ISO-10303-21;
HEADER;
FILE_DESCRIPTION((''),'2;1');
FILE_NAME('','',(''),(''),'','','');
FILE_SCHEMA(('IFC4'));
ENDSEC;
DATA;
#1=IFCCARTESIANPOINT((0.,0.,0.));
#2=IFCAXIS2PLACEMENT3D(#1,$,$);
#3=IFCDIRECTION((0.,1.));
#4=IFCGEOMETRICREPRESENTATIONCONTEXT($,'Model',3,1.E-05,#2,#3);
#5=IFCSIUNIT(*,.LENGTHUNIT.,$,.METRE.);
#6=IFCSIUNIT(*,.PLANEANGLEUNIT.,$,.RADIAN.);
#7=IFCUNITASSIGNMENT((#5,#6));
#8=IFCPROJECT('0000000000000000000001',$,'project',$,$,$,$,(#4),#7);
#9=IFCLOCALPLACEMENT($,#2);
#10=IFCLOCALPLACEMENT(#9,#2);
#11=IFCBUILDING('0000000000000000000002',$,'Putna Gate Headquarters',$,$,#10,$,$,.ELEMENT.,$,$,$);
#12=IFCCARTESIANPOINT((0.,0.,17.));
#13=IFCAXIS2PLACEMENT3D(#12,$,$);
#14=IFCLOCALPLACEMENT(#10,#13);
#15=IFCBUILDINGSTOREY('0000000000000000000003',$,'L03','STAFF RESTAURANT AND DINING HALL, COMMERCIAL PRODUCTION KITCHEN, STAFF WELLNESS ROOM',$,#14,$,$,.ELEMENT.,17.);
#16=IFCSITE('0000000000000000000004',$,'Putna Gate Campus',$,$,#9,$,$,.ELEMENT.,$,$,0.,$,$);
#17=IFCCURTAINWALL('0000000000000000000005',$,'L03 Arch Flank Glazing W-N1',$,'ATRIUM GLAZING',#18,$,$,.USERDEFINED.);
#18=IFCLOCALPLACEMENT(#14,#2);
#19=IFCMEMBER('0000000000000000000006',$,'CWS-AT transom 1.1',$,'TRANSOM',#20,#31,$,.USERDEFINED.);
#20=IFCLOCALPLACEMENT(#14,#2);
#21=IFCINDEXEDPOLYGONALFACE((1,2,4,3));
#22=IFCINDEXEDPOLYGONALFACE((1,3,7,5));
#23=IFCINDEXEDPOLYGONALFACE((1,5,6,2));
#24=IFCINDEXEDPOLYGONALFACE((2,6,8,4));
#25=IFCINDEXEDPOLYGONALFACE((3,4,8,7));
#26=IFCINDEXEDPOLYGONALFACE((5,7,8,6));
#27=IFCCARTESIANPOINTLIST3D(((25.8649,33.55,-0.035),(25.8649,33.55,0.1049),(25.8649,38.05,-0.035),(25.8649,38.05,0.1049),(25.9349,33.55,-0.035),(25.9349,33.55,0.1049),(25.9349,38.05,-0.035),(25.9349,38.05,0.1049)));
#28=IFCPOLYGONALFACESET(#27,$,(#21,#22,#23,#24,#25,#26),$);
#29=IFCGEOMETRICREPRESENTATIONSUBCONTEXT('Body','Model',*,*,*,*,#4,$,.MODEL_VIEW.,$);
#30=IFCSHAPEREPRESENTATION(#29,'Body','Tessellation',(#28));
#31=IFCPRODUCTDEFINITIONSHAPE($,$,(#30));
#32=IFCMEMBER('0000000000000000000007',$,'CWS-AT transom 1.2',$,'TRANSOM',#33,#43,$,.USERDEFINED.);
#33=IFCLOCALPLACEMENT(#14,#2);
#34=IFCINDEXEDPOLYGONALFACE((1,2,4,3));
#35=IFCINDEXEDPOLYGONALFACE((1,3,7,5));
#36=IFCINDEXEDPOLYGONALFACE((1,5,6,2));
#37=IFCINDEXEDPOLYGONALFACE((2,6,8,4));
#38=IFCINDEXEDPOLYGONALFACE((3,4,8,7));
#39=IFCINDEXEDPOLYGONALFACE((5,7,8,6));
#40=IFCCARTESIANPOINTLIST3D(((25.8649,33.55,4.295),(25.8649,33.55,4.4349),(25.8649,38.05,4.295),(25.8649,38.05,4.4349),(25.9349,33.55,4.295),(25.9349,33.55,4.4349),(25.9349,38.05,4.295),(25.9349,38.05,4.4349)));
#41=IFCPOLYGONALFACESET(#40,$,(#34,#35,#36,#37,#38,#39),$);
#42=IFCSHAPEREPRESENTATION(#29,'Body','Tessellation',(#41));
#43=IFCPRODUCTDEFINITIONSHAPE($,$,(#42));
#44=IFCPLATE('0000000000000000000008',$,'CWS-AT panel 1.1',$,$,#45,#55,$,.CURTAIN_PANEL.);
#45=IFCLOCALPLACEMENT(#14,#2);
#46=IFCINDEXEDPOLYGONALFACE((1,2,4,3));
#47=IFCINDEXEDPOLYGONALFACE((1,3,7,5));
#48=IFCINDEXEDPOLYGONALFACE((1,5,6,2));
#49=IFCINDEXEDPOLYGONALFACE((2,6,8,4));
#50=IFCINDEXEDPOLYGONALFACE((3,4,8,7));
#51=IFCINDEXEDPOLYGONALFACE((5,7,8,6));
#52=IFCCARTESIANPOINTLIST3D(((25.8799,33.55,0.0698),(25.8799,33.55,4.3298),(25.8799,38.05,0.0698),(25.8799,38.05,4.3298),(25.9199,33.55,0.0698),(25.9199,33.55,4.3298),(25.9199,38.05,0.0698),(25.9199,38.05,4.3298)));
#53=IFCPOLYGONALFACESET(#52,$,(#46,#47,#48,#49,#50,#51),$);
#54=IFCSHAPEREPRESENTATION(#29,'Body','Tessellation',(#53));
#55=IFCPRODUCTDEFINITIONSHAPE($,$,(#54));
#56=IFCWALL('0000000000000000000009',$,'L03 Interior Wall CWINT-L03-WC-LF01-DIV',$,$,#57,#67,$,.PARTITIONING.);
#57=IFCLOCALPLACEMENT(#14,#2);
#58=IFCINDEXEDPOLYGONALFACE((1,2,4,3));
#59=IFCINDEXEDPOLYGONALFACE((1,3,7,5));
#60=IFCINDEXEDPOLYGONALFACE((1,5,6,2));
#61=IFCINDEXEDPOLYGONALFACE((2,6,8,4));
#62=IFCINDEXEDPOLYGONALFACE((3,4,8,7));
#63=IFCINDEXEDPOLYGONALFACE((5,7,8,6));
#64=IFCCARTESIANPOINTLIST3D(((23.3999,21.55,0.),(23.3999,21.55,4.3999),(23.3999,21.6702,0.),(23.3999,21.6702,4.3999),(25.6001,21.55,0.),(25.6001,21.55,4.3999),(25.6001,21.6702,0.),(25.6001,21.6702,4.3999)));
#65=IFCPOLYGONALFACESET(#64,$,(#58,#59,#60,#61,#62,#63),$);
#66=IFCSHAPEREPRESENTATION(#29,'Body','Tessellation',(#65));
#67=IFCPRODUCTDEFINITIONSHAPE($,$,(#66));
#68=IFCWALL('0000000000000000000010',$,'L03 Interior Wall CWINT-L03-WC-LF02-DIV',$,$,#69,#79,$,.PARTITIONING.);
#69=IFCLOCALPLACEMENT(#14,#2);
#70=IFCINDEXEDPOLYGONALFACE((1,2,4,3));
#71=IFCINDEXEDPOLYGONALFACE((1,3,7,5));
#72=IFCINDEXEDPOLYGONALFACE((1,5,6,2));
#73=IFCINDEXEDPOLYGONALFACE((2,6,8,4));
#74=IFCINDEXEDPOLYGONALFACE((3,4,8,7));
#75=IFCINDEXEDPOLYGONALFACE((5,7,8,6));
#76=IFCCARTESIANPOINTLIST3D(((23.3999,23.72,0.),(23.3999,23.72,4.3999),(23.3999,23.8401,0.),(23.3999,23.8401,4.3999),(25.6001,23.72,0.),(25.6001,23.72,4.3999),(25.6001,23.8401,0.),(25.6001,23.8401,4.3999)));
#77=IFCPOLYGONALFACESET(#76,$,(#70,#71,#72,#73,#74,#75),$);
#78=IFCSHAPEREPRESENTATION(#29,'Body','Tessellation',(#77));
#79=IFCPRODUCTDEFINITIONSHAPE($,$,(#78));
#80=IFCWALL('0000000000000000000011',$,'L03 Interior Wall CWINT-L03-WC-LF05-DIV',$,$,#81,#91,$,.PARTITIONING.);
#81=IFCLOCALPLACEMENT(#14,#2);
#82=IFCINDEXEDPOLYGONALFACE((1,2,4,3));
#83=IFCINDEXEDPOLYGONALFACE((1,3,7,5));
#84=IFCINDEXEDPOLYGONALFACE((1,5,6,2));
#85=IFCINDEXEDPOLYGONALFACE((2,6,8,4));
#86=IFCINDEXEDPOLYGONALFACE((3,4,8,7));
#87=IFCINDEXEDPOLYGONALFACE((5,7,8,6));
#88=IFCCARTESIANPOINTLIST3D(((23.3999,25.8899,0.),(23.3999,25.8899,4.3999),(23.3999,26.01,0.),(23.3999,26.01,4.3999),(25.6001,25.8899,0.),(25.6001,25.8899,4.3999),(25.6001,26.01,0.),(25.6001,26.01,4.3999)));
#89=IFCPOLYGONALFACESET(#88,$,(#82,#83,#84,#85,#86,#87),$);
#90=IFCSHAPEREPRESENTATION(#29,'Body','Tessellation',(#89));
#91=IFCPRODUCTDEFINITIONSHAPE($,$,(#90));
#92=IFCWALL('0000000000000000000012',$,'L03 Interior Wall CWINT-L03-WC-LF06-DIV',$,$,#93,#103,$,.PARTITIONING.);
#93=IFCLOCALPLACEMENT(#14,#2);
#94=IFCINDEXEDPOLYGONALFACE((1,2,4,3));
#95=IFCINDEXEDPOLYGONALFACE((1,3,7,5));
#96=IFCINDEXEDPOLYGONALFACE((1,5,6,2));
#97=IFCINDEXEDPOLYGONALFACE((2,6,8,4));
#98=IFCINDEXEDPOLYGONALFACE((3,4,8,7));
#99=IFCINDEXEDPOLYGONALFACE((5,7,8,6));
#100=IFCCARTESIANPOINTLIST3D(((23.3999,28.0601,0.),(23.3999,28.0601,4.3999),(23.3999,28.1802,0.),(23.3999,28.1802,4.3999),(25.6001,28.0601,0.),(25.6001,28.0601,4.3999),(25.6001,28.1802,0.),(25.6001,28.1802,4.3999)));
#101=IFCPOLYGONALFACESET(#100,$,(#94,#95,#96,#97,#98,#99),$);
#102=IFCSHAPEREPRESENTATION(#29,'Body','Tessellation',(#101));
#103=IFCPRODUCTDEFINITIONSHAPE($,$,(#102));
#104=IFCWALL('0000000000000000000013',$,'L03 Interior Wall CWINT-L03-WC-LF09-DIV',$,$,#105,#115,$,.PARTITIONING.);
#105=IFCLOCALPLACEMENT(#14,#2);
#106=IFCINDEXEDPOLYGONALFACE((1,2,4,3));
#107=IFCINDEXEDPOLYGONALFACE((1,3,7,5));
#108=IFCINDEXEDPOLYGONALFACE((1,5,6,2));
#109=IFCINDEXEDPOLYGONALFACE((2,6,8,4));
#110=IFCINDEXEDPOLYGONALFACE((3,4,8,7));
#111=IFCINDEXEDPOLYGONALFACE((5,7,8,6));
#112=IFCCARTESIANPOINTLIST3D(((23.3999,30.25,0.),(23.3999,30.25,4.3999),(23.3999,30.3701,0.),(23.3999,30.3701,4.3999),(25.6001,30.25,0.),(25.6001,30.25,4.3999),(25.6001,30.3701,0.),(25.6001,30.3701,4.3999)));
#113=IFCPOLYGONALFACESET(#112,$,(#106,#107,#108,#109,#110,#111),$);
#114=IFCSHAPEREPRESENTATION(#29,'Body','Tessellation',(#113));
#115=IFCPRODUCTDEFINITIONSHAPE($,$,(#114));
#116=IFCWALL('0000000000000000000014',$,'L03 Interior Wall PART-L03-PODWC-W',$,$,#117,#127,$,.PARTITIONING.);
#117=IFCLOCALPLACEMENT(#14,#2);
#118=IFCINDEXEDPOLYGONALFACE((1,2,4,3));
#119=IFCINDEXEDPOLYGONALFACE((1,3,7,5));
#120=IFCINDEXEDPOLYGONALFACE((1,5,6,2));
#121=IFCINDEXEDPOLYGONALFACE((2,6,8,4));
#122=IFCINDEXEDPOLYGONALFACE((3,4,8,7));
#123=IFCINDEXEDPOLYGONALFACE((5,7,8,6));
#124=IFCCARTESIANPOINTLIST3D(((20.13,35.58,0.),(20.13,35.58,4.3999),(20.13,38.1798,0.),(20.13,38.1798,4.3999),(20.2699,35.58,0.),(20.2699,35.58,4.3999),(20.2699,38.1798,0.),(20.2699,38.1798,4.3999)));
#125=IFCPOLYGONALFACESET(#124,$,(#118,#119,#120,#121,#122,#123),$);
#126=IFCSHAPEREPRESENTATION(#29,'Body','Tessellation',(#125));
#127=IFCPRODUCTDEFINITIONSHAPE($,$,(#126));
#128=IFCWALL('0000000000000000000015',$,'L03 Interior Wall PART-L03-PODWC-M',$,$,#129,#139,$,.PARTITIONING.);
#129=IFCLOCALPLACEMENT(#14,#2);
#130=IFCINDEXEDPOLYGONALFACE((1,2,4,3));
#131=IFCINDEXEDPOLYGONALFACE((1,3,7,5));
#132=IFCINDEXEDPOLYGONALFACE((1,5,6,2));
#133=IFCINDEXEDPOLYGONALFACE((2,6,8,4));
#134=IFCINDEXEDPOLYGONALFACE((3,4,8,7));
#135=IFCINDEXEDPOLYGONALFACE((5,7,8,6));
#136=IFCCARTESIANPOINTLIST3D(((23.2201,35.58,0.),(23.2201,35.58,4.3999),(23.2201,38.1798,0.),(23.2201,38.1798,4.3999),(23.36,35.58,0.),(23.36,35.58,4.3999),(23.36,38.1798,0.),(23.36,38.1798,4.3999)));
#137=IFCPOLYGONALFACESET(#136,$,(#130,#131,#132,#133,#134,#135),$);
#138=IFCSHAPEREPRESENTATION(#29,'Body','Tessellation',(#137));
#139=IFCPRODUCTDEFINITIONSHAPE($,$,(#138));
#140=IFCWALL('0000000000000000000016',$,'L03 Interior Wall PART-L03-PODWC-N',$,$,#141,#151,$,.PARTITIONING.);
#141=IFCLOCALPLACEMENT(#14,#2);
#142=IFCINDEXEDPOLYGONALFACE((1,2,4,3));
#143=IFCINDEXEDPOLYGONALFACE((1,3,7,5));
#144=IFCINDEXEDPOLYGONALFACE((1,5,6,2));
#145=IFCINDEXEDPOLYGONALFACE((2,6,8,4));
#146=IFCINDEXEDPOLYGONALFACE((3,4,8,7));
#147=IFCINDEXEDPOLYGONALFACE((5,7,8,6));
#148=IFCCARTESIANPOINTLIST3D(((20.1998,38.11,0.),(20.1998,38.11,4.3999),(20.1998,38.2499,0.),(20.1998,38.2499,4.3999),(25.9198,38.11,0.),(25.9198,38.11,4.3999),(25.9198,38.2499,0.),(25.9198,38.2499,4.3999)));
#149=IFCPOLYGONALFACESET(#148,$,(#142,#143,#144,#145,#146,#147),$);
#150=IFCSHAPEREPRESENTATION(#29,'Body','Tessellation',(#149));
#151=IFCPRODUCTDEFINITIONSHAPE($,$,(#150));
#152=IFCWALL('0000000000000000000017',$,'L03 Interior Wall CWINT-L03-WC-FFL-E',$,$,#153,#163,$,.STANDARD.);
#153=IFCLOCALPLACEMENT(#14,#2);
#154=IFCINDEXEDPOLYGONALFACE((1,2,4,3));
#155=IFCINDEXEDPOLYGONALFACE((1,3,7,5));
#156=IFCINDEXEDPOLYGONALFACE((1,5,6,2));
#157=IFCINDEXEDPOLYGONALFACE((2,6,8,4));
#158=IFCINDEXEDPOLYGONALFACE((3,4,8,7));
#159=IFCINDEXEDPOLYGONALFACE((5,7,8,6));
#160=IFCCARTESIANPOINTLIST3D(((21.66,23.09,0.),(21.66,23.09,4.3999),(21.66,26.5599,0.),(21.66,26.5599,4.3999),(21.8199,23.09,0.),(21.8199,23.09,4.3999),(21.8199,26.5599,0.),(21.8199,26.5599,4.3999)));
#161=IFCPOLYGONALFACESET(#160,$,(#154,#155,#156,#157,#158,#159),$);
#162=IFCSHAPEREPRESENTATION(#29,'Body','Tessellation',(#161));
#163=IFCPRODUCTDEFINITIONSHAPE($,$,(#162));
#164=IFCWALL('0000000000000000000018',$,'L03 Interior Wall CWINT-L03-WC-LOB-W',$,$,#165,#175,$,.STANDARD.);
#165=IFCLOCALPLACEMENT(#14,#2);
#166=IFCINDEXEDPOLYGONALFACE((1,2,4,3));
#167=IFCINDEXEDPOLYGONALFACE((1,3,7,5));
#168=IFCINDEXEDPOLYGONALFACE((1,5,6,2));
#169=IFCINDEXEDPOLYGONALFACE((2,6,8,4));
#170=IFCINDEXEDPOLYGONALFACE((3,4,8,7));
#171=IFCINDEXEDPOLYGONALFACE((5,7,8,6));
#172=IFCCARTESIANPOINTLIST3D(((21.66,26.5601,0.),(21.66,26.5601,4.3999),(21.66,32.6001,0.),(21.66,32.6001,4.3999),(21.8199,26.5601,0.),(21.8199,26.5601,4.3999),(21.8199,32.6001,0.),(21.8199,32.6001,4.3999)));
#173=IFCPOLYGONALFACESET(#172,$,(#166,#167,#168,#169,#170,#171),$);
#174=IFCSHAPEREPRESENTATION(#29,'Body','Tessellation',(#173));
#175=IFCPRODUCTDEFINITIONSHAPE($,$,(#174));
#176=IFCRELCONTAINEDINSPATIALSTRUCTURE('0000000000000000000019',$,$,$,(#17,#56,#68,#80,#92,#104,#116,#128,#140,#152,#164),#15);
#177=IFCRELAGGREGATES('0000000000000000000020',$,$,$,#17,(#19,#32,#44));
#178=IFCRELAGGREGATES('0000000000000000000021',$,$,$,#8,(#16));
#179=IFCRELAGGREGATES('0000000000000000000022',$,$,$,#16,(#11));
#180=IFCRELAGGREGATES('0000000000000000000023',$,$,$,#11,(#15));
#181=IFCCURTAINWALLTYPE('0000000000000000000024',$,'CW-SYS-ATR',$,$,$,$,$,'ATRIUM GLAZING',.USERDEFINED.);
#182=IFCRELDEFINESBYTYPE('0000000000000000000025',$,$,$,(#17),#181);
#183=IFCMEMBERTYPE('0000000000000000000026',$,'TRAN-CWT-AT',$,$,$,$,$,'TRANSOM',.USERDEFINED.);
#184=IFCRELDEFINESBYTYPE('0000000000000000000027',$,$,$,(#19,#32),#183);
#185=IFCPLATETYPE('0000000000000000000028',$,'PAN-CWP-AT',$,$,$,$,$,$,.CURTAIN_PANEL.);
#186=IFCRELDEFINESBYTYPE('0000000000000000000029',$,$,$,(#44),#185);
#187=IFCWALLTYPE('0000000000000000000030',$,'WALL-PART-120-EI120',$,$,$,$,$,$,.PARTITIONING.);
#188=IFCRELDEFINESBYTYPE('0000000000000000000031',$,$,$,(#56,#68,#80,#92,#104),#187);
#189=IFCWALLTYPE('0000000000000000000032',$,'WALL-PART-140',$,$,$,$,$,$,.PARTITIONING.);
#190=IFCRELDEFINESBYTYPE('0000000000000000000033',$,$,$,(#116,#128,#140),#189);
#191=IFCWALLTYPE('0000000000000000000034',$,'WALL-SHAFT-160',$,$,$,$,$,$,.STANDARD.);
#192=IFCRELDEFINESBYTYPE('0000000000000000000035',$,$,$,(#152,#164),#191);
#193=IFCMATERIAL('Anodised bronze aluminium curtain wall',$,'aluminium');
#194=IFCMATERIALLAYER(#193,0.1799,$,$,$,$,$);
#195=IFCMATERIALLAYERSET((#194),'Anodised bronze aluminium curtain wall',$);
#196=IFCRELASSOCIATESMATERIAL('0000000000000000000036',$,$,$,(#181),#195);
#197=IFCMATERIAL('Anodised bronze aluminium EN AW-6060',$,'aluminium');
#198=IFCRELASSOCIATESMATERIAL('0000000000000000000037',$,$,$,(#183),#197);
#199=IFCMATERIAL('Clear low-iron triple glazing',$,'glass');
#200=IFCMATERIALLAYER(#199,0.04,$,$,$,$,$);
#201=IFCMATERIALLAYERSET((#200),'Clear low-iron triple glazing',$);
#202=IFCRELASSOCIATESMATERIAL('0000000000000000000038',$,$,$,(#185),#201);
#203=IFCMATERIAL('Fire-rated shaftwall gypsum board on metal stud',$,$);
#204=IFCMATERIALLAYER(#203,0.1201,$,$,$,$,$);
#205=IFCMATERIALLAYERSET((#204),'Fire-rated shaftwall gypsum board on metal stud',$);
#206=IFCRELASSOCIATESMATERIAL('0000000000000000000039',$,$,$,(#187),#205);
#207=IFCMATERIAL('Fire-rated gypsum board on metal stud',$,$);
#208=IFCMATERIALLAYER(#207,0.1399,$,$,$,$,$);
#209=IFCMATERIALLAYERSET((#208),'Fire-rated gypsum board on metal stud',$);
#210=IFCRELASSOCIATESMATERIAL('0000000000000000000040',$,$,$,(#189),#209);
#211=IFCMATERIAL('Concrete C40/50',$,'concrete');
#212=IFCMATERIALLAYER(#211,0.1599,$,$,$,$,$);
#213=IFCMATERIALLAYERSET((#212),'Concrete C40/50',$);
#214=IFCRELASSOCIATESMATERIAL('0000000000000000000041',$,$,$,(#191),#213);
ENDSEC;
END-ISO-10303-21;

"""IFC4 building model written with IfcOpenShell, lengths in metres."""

from ifc_helpers import new_model, si_unit, direction, frame, frame_2d, origin, origin_2d, place, context, subcontext, project, spatial, rectangle, extrude, material, layer, layer_set, material_profile, profile_set, type_object, element, aggregate, save


model = new_model("IFC4")

# Units and contexts
model_context = context("Model", 3, precision=1e-05, world=origin(), true_north=direction((0.0, 1.0)))
body_context = subcontext(model_context, "Body", "Model", "MODEL_VIEW")
ifc_project = project(units=[si_unit("LENGTHUNIT", "METRE"), si_unit("PLANEANGLEUNIT", "RADIAN")], contexts=[model_context])

# Site, building, storey
site_placement = place(None, origin())
site = spatial("IfcSite", under=ifc_project, at=site_placement, Name="Putna Gate Campus", CompositionType="ELEMENT", RefElevation=0.0)
building_placement = place(site_placement, origin())
building = spatial("IfcBuilding", under=site, at=building_placement, Name="Putna Gate Headquarters", CompositionType="ELEMENT")
storey_placement = place(building_placement, frame((0.0, 0.0, 17.0)))
storey = spatial("IfcBuildingStorey", under=building, at=storey_placement, Name="L03", Description="STAFF RESTAURANT AND DINING HALL, COMMERCIAL PRODUCTION KITCHEN, STAFF WELLNESS ROOM", CompositionType="ELEMENT", Elevation=17.0)

# Curtain wall, members, plate
ifc_material_1 = material(Name="Anodised bronze aluminium curtain wall", Category="aluminium")
ifc_layer_1 = layer(ifc_material_1, 0.1799)
ifc_layer_set_1 = layer_set([ifc_layer_1], Name="Anodised bronze aluminium curtain wall")
curtain_wall_type = type_object("IfcCurtainWallType", Name="CW-SYS-ATR", ElementType="ATRIUM GLAZING", PredefinedType="USERDEFINED", material=ifc_layer_set_1)
curtain_wall_placement = place(storey_placement, origin())
curtain_wall = element("IfcCurtainWall", 1, at=curtain_wall_placement, inside=storey, type_object=curtain_wall_type, Name="L03 Arch Flank Glazing W-N1", ObjectType="ATRIUM GLAZING", PredefinedType="USERDEFINED")
ifc_material_2 = material(Name="Anodised bronze aluminium EN AW-6060", Category="aluminium")
ifc_material_profile_1 = material_profile(ifc_material_2, rectangle(XDim=0.0701, YDim=0.1399, at=origin_2d()), Name="Anodised bronze aluminium EN AW-6060")
ifc_profile_set_1 = profile_set([ifc_material_profile_1], Name="Anodised bronze aluminium EN AW-6060")
member_type_1 = type_object("IfcMemberType", Name="TRAN-CWT-AT", ElementType="TRANSOM", PredefinedType="USERDEFINED", material=ifc_profile_set_1)
member_1_placement = place(storey_placement, frame((25.8999, 33.55, 0.0349), z_axis=(0.0, 1.0, 0.0), x_axis=(-1.0, 0.0, 0.0)))
member_1 = element("IfcMember", 2, at=member_1_placement, type_object=member_type_1, Name="CWS-AT transom 1.1", ObjectType="TRANSOM", PredefinedType="USERDEFINED", context=body_context, shape_type="SweptSolid", body=[
    extrude(rectangle(XDim=0.0701, YDim=0.1399, at=origin_2d()), origin(), (0.0, 0.0, 1.0), 4.5),
])
member_2_placement = place(storey_placement, frame((25.8999, 33.55, 4.365), z_axis=(0.0, 1.0, 0.0), x_axis=(-1.0, 0.0, 0.0)))
member_2 = element("IfcMember", 3, at=member_2_placement, type_object=member_type_1, Name="CWS-AT transom 1.2", ObjectType="TRANSOM", PredefinedType="USERDEFINED", context=body_context, shape_type="SweptSolid", body=[
    extrude(rectangle(XDim=0.0701, YDim=0.1399, at=origin_2d()), origin(), (0.0, 0.0, 1.0), 4.5),
])
ifc_material_3 = material(Name="Clear low-iron triple glazing", Category="glass")
ifc_layer_2 = layer(ifc_material_3, 0.04)
ifc_layer_set_2 = layer_set([ifc_layer_2], Name="Clear low-iron triple glazing")
plate_type = type_object("IfcPlateType", Name="PAN-CWP-AT", PredefinedType="CURTAIN_PANEL", material=ifc_layer_set_2)
plate_placement = place(storey_placement, frame((25.8999, 35.8, 0.0698), z_axis=(0.0, 0.0, 1.0), x_axis=(0.0, 1.0, 0.0)))
plate = element("IfcPlate", 4, at=plate_placement, type_object=plate_type, Name="CWS-AT panel 1.1", PredefinedType="CURTAIN_PANEL", context=body_context, shape_type="SweptSolid", body=[
    extrude(rectangle(XDim=4.5, YDim=0.04, at=origin_2d()), origin(), (0.0, 0.0, 1.0), 4.26),
])
aggregate(curtain_wall, [member_1, member_2, plate])

# Walls
ifc_material_4 = material(Name="Fire-rated shaftwall gypsum board on metal stud")
ifc_layer_3 = layer(ifc_material_4, 0.1201)
ifc_layer_set_3 = layer_set([ifc_layer_3], Name="Fire-rated shaftwall gypsum board on metal stud")
wall_type_1 = type_object("IfcWallType", Name="WALL-PART-120-EI120", PredefinedType="PARTITIONING", material=ifc_layer_set_3)
for number, where, z_axis, x_axis, name in (
    (5, (23.3999, 21.6101, 0.0), (0.0, 0.0, 1.0), (1.0, 0.0, 0.0), "L03 Interior Wall CWINT-L03-WC-LF01-DIV"),
    (6, (23.3999, 23.78, 0.0), (0.0, 0.0, 1.0), (1.0, 0.0, 0.0), "L03 Interior Wall CWINT-L03-WC-LF02-DIV"),
    (7, (23.3999, 25.95, 0.0), (0.0, 0.0, 1.0), (1.0, 0.0, 0.0), "L03 Interior Wall CWINT-L03-WC-LF05-DIV"),
    (8, (23.3999, 28.1201, 0.0), (0.0, 0.0, 1.0), (1.0, 0.0, 0.0), "L03 Interior Wall CWINT-L03-WC-LF06-DIV"),
    (9, (23.3999, 30.3101, 0.0), (0.0, 0.0, 1.0), (1.0, 0.0, 0.0), "L03 Interior Wall CWINT-L03-WC-LF09-DIV"),
):
    element("IfcWall", number, at=place(storey_placement, frame(where, z_axis=z_axis, x_axis=x_axis)), inside=storey, type_object=wall_type_1, Name=name, PredefinedType="PARTITIONING", context=body_context, shape_type="SweptSolid", body=[
        extrude(rectangle(XDim=2.2002, YDim=0.1201, at=frame_2d((1.1001, 0.0))), origin(), (0.0, 0.0, 1.0), 4.3999),
    ])
ifc_material_5 = material(Name="Fire-rated gypsum board on metal stud")
ifc_layer_4 = layer(ifc_material_5, 0.1399)
ifc_layer_set_4 = layer_set([ifc_layer_4], Name="Fire-rated gypsum board on metal stud")
wall_type_2 = type_object("IfcWallType", Name="WALL-PART-140", PredefinedType="PARTITIONING", material=ifc_layer_set_4)
for number, where, z_axis, x_axis, name in (
    (10, (20.2, 35.5801, 0.0), (0.0, 0.0, 1.0), (0.0, 1.0, 0.0), "L03 Interior Wall PART-L03-PODWC-W"),
    (11, (23.29, 35.5801, 0.0), (0.0, 0.0, 1.0), (0.0, 1.0, 0.0), "L03 Interior Wall PART-L03-PODWC-M"),
):
    element("IfcWall", number, at=place(storey_placement, frame(where, z_axis=z_axis, x_axis=x_axis)), inside=storey, type_object=wall_type_2, Name=name, PredefinedType="PARTITIONING", context=body_context, shape_type="SweptSolid", body=[
        extrude(rectangle(XDim=2.5999, YDim=0.1399, at=frame_2d((1.2998, 0.0))), origin(), (0.0, 0.0, 1.0), 4.3999),
    ])
wall_1_placement = place(storey_placement, frame((20.2, 38.1799, 0.0), z_axis=(0.0, 0.0, 1.0), x_axis=(1.0, 0.0, 0.0)))
element("IfcWall", 12, at=wall_1_placement, inside=storey, type_object=wall_type_2, Name="L03 Interior Wall PART-L03-PODWC-N", PredefinedType="PARTITIONING", context=body_context, shape_type="SweptSolid", body=[
    extrude(rectangle(XDim=5.72, YDim=0.1399, at=frame_2d((2.8599, 0.0))), origin(), (0.0, 0.0, 1.0), 4.3999),
])
ifc_material_6 = material(Name="Concrete C40/50", Category="concrete")
ifc_layer_5 = layer(ifc_material_6, 0.1599)
ifc_layer_set_5 = layer_set([ifc_layer_5], Name="Concrete C40/50")
wall_type_3 = type_object("IfcWallType", Name="WALL-SHAFT-160", PredefinedType="STANDARD", material=ifc_layer_set_5)
wall_2_placement = place(storey_placement, frame((21.74, 23.0901, 0.0), z_axis=(0.0, 0.0, 1.0), x_axis=(0.0, 1.0, 0.0)))
element("IfcWall", 13, at=wall_2_placement, inside=storey, type_object=wall_type_3, Name="L03 Interior Wall CWINT-L03-WC-FFL-E", PredefinedType="STANDARD", context=body_context, shape_type="SweptSolid", body=[
    extrude(rectangle(XDim=3.47, YDim=0.1599, at=frame_2d((1.7349, 0.0))), origin(), (0.0, 0.0, 1.0), 4.3999),
])
wall_3_placement = place(storey_placement, frame((21.74, 26.5601, 0.0), z_axis=(0.0, 0.0, 1.0), x_axis=(0.0, 1.0, 0.0)))
element("IfcWall", 14, at=wall_3_placement, inside=storey, type_object=wall_type_3, Name="L03 Interior Wall CWINT-L03-WC-LOB-W", PredefinedType="STANDARD", context=body_context, shape_type="SweptSolid", body=[
    extrude(rectangle(XDim=6.04, YDim=0.1599, at=frame_2d((3.02, 0.0))), origin(), (0.0, 0.0, 1.0), 4.3999),
])

save(model, "model.ifc")
